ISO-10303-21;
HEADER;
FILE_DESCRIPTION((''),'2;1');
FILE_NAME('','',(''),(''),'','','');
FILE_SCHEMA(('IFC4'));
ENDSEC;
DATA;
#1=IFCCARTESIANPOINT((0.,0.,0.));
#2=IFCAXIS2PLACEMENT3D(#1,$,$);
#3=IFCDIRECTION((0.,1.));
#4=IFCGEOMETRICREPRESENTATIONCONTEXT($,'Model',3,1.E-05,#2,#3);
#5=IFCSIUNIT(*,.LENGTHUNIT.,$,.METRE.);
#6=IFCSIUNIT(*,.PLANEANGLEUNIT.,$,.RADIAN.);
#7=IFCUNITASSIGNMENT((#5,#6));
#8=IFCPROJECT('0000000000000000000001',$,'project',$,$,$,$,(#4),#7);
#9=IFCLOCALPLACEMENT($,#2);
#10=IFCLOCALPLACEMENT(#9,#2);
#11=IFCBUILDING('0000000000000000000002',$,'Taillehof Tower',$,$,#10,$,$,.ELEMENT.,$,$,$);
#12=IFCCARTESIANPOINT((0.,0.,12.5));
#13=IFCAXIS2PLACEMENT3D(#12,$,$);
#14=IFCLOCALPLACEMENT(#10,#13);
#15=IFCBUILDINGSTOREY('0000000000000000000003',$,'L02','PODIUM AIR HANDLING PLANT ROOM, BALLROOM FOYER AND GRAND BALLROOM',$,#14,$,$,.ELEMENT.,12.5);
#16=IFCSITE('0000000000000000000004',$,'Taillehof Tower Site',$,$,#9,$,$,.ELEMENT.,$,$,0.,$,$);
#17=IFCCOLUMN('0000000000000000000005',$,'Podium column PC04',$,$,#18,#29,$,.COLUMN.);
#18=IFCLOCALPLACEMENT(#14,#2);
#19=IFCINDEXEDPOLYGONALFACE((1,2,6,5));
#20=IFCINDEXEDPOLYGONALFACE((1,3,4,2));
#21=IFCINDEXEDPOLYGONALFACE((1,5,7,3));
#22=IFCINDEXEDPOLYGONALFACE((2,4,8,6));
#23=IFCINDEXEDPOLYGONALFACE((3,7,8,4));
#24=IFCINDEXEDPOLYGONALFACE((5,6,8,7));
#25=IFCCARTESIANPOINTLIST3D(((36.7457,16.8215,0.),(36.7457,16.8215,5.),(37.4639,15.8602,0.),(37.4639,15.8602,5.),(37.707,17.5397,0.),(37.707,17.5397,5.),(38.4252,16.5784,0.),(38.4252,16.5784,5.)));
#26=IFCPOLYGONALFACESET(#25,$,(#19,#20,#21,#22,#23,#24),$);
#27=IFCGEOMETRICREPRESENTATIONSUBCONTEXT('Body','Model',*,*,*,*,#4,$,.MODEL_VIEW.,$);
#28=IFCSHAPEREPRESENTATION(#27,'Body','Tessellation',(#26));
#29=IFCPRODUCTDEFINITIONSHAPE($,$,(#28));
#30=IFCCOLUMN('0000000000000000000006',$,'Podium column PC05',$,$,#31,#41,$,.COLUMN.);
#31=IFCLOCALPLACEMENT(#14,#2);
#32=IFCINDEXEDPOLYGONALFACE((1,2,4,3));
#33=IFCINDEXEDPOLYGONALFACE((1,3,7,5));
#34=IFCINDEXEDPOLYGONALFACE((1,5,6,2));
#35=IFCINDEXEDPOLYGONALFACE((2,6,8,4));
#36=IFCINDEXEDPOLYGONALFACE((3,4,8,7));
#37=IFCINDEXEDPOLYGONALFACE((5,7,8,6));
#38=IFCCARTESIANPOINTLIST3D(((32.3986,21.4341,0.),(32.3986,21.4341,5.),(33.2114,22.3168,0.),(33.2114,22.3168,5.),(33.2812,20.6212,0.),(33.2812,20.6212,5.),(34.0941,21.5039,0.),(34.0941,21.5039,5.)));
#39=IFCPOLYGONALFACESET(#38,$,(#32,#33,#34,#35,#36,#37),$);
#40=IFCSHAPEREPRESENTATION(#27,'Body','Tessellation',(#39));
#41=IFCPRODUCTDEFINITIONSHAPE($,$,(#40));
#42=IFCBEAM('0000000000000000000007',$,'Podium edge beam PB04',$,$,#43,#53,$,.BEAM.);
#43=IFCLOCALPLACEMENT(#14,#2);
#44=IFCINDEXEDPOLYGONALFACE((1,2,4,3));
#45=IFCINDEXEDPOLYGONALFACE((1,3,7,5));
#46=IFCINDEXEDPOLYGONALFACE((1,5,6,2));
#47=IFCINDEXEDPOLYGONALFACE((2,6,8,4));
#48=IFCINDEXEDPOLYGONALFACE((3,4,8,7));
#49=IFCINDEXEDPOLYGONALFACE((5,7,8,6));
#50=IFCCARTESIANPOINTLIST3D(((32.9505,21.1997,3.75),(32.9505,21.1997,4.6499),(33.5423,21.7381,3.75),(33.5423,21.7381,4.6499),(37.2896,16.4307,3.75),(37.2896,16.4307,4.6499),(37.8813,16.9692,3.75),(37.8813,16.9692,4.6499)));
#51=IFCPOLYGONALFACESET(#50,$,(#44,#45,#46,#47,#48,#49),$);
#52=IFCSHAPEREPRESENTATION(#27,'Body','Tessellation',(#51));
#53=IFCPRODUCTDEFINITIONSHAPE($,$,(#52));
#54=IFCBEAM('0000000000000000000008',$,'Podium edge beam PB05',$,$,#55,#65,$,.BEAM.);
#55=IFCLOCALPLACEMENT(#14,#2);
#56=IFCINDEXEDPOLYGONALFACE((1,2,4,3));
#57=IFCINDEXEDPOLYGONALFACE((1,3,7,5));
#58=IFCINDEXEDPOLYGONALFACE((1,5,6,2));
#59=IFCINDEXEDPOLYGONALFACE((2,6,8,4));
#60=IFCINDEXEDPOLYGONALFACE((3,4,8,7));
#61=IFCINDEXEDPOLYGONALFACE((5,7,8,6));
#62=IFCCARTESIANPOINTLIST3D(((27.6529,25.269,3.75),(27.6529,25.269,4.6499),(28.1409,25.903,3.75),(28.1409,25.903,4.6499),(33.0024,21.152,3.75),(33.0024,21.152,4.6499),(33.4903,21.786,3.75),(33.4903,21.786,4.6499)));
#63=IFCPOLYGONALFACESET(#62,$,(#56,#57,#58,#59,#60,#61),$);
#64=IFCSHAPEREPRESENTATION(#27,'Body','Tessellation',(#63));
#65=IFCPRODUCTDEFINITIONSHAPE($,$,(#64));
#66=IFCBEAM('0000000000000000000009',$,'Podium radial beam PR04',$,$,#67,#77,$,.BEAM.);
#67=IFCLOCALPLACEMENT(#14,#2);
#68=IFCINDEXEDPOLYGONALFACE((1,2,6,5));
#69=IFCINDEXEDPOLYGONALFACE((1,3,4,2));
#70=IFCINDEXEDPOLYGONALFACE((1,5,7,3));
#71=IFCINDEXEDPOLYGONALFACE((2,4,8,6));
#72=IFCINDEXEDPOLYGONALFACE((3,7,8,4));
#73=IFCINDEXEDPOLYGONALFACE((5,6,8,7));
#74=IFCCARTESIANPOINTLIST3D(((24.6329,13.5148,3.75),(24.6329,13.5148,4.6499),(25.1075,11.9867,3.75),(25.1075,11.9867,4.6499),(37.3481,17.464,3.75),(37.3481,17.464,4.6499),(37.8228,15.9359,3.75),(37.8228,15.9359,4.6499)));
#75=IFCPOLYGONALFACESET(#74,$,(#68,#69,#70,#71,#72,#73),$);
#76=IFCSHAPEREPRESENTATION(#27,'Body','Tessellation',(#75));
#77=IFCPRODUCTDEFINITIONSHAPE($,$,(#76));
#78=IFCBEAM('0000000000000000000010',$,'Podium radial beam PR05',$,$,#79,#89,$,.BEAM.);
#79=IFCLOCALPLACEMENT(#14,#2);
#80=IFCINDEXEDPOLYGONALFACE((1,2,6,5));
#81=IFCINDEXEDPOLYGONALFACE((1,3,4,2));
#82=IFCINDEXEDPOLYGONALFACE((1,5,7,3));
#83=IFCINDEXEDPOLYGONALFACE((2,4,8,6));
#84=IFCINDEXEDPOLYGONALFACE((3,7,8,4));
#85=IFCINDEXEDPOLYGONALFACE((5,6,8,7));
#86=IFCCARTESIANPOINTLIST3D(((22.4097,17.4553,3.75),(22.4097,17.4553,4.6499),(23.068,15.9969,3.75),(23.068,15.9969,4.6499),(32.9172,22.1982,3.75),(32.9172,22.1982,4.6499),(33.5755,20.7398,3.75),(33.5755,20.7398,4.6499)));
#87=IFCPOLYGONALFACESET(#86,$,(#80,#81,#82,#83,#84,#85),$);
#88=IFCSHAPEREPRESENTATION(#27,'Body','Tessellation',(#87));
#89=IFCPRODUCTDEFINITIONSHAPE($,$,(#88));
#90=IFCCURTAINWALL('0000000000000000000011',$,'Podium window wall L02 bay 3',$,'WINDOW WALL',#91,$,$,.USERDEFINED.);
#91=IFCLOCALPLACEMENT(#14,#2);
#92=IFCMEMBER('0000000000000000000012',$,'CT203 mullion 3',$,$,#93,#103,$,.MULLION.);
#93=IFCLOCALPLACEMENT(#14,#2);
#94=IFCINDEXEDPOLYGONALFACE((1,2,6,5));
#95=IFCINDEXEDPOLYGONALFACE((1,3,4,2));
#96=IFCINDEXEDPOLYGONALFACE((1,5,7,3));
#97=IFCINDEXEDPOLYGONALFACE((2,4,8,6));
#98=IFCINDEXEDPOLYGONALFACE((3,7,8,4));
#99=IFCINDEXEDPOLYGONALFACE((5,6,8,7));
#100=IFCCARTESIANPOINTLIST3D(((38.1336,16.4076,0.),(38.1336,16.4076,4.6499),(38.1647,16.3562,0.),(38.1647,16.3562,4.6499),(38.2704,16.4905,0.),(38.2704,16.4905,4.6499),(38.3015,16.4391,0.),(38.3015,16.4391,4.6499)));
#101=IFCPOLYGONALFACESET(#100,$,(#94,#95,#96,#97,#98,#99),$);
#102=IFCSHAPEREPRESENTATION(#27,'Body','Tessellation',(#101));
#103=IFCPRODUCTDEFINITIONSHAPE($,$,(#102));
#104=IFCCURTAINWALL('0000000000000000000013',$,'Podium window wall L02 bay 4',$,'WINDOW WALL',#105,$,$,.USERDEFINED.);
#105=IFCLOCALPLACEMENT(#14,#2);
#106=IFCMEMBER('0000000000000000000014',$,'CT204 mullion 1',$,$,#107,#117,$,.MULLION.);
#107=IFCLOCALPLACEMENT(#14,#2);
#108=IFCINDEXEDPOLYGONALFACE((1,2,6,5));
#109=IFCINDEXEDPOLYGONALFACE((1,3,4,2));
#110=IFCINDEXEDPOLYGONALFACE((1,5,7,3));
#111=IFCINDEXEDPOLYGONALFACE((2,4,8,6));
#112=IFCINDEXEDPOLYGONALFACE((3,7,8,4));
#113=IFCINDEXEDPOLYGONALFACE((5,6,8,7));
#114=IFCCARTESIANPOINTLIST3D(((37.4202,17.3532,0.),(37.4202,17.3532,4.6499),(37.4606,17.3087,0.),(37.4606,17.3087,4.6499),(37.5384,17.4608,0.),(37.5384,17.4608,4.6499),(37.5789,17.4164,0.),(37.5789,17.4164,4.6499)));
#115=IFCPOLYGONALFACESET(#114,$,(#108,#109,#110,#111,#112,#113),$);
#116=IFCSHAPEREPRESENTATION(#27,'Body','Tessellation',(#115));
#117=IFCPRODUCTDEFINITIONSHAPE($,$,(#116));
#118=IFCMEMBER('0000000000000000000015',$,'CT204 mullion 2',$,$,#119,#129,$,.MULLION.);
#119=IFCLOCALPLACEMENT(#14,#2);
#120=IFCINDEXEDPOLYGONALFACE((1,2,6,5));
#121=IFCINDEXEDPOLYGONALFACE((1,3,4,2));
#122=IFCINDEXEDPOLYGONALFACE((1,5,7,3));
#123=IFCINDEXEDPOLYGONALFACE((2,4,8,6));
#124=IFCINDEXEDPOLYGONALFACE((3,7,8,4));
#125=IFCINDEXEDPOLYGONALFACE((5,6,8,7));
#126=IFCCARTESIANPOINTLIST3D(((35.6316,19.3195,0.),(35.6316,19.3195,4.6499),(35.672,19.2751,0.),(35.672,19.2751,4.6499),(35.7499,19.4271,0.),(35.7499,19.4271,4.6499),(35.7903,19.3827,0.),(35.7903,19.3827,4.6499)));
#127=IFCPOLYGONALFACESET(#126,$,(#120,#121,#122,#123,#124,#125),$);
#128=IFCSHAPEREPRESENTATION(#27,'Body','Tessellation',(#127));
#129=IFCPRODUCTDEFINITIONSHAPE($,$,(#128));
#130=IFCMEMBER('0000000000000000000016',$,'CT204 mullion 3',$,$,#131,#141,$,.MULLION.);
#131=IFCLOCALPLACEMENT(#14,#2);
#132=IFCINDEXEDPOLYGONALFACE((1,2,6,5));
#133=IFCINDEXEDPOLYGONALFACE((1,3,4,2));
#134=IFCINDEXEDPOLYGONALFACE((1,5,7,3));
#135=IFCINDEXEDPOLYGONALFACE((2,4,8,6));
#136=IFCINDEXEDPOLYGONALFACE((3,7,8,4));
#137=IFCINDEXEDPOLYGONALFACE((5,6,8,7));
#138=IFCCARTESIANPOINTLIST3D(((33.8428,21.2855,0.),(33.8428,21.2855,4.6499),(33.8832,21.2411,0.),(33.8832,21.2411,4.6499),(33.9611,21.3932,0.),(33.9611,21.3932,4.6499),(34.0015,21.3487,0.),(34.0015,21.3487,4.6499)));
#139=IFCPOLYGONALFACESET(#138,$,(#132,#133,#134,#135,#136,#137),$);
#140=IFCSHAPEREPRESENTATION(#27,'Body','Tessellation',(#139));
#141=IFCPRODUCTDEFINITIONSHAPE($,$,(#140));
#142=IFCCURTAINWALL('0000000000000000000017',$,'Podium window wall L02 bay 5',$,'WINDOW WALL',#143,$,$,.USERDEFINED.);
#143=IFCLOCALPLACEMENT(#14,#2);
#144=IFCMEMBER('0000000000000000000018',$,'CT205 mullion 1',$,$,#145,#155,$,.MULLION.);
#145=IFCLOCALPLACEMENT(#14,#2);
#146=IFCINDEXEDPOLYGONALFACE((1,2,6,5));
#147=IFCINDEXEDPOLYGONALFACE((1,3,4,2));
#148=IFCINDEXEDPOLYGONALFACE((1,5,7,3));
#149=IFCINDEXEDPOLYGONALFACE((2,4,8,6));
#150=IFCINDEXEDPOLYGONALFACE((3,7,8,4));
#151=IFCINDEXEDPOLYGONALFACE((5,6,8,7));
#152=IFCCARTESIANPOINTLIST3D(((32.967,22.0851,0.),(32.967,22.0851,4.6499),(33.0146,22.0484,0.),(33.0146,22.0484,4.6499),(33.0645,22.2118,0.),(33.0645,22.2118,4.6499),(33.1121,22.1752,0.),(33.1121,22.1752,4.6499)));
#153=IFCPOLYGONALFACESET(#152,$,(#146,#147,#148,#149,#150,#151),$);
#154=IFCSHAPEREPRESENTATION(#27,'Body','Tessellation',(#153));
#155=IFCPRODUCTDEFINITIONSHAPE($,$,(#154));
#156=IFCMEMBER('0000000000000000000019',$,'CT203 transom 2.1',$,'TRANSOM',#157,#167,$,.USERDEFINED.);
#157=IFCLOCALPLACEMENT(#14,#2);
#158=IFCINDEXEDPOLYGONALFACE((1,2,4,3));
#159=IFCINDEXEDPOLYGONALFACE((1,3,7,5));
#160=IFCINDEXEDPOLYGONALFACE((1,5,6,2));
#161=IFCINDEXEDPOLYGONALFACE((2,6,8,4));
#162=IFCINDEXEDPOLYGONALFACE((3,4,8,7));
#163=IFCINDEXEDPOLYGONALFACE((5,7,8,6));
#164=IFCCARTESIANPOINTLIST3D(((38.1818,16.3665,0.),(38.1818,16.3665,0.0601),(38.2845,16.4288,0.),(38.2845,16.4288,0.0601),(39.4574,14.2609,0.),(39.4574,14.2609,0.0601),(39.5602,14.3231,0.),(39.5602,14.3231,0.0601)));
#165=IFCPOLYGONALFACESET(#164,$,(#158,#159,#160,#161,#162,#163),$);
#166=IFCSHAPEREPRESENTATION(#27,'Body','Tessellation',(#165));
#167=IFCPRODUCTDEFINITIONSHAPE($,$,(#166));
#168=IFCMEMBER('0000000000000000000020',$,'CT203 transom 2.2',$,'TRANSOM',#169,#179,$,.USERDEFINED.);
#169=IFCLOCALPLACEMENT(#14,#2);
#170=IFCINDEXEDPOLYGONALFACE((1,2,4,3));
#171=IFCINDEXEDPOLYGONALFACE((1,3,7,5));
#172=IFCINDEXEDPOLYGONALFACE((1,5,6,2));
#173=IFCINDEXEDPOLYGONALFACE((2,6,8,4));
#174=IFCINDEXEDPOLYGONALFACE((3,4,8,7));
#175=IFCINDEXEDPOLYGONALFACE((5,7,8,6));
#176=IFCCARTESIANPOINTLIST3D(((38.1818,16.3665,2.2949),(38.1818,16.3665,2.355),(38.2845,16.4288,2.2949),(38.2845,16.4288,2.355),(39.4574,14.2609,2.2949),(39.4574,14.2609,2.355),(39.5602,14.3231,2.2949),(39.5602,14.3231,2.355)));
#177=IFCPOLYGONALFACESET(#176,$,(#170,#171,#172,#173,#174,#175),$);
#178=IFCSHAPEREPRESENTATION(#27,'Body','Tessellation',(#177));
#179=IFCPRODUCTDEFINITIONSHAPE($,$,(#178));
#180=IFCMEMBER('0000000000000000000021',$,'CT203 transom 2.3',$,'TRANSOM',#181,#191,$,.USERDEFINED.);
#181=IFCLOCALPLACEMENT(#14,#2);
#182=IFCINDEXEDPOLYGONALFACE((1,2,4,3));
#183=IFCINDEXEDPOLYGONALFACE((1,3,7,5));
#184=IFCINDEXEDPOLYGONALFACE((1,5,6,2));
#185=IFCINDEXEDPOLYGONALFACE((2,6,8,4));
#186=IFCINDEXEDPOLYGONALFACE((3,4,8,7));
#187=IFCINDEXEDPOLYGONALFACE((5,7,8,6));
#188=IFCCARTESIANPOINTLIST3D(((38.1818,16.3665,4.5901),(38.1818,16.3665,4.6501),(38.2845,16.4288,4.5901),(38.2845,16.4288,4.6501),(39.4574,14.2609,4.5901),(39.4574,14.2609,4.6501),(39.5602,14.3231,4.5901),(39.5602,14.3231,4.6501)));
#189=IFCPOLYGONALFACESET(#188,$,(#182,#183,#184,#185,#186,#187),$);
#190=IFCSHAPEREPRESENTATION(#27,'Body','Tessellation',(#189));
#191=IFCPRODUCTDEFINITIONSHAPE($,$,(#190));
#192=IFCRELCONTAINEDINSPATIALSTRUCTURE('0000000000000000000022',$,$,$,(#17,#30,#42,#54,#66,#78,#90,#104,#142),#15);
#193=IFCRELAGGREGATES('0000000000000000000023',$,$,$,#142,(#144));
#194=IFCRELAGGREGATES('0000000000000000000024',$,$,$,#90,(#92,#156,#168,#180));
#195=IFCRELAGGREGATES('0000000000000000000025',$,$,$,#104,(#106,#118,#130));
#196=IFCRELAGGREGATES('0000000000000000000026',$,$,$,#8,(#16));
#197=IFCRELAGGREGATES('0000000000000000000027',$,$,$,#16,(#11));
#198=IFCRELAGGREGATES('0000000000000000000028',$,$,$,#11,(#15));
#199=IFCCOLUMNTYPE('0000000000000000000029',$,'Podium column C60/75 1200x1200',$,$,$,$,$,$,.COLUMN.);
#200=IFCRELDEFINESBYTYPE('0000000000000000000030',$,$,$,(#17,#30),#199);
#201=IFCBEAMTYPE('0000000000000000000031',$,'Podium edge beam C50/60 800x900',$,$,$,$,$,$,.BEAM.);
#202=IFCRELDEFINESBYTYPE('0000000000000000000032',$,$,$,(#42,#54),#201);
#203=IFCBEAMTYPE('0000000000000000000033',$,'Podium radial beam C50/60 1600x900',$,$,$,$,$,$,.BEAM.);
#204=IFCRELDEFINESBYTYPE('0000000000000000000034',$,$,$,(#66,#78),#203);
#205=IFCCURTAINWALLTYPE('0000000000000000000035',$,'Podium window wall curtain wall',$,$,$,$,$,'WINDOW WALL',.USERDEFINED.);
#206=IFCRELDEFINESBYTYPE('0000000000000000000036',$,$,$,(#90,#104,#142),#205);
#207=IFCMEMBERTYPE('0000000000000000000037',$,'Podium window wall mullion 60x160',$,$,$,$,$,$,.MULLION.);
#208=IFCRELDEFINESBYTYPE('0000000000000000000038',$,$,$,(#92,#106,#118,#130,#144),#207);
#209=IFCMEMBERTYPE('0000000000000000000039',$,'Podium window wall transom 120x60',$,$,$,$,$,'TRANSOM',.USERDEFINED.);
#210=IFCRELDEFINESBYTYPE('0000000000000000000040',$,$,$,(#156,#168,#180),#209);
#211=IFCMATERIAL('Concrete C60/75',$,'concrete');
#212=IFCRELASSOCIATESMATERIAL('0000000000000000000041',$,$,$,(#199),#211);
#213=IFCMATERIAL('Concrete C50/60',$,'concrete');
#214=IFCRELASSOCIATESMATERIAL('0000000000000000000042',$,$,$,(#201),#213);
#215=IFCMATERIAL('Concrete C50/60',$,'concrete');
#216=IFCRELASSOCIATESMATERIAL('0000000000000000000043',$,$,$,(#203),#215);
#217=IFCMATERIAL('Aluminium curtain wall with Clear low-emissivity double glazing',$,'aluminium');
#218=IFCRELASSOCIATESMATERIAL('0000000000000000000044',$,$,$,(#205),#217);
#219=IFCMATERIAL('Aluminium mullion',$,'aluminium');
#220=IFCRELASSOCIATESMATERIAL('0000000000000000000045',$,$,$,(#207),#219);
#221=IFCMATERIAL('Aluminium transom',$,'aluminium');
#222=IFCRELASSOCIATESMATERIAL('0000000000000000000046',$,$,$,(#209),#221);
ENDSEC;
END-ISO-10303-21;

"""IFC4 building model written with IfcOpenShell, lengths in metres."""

from ifc_helpers import new_model, si_unit, direction, frame, origin, origin_2d, place, context, subcontext, project, spatial, rectangle, extrude, material, material_profile, profile_set, type_object, element, aggregate, save


model = new_model("IFC4")

# Units and contexts
model_context = context("Model", 3, precision=1e-05, world=origin(), true_north=direction((0.0, 1.0)))
body_context = subcontext(model_context, "Body", "Model", "MODEL_VIEW")
ifc_project = project(units=[si_unit("LENGTHUNIT", "METRE"), si_unit("PLANEANGLEUNIT", "RADIAN")], contexts=[model_context])

# Site, building, storey
site_placement = place(None, origin())
site = spatial("IfcSite", under=ifc_project, at=site_placement, Name="Taillehof Tower Site", CompositionType="ELEMENT", RefElevation=0.0)
building_placement = place(site_placement, origin())
building = spatial("IfcBuilding", under=site, at=building_placement, Name="Taillehof Tower", CompositionType="ELEMENT")
storey_placement = place(building_placement, frame((0.0, 0.0, 12.5)))
storey = spatial("IfcBuildingStorey", under=building, at=storey_placement, Name="L02", Description="PODIUM AIR HANDLING PLANT ROOM, BALLROOM FOYER AND GRAND BALLROOM", CompositionType="ELEMENT", Elevation=12.5)

# Columns
ifc_material_1 = material(Name="Concrete C60/75", Category="concrete")
ifc_material_profile_1 = material_profile(ifc_material_1, rectangle(XDim=1.2, YDim=1.2, at=origin_2d()), Name="RC 1200x1200")
ifc_profile_set_1 = profile_set([ifc_material_profile_1], Name="Concrete C60/75")
column_type = type_object("IfcColumnType", Name="Podium column C60/75 1200x1200", PredefinedType="COLUMN", material=ifc_profile_set_1)
for number, where, z_axis, x_axis, name in (
    (1, (37.5854, 16.7, 0.0), (0.0, 0.0, 1.0), (0.801091, 0.598542, 0.0), "Podium column PC04"),
    (2, (33.2463, 21.469, 0.0), (0.0, 0.0, 1.0), (0.677415, 0.735601, 0.0), "Podium column PC05"),
):
    element("IfcColumn", number, at=place(storey_placement, frame(where, z_axis=z_axis, x_axis=x_axis)), inside=storey, type_object=column_type, Name=name, PredefinedType="COLUMN", context=body_context, shape_type="SweptSolid", body=[
        extrude(rectangle(XDim=1.2, YDim=1.2, at=origin_2d()), origin(), (0.0, 0.0, 1.0), 5.0),
    ])

# Beams
ifc_material_2 = material(Name="Concrete C50/60", Category="concrete")
ifc_material_profile_2 = material_profile(ifc_material_2, rectangle(XDim=0.8, YDim=0.8999, at=origin_2d()), Name="RC 800x900")
ifc_profile_set_2 = profile_set([ifc_material_profile_2], Name="Concrete C50/60")
beam_type_1 = type_object("IfcBeamType", Name="Podium edge beam C50/60 800x900", PredefinedType="BEAM", material=ifc_profile_set_2)
beam_1_placement = place(storey_placement, frame((37.5854, 16.7, 4.2), z_axis=(-0.67298, 0.739661, 0.0), x_axis=(-0.739661, -0.67298, 0.0)))
element("IfcBeam", 3, at=beam_1_placement, inside=storey, type_object=beam_type_1, Name="Podium edge beam PB04", PredefinedType="BEAM", context=body_context, shape_type="SweptSolid", body=[
    extrude(rectangle(XDim=0.8, YDim=0.8999, at=origin_2d()), origin(), (0.0, 0.0, 1.0), 6.4475),
])
beam_2_placement = place(storey_placement, frame((33.2463, 21.469, 4.2), z_axis=(-0.792477, 0.609901, 0.0), x_axis=(-0.609901, -0.792477, 0.0)))
element("IfcBeam", 4, at=beam_2_placement, inside=storey, type_object=beam_type_1, Name="Podium edge beam PB05", PredefinedType="BEAM", context=body_context, shape_type="SweptSolid", body=[
    extrude(rectangle(XDim=0.8, YDim=0.8999, at=origin_2d()), origin(), (0.0, 0.0, 1.0), 6.7502),
])
ifc_material_3 = material(Name="Concrete C50/60", Category="concrete")
ifc_material_profile_3 = material_profile(ifc_material_3, rectangle(XDim=1.6001, YDim=0.8999, at=origin_2d()), Name="RC 1600x900")
ifc_profile_set_3 = profile_set([ifc_material_profile_3], Name="Concrete C50/60")
beam_type_2 = type_object("IfcBeamType", Name="Podium radial beam C50/60 1600x900", PredefinedType="BEAM", material=ifc_profile_set_3)
beam_3_placement = place(storey_placement, frame((37.5854, 16.7, 4.2), z_axis=(-0.954999, -0.29661, 0.0), x_axis=(0.29661, -0.954999, 0.0)))
element("IfcBeam", 5, at=beam_3_placement, inside=storey, type_object=beam_type_2, Name="Podium radial beam PR04", PredefinedType="BEAM", context=body_context, shape_type="SweptSolid", body=[
    extrude(rectangle(XDim=1.6001, YDim=0.8999, at=origin_2d()), origin(), (0.0, 0.0, 1.0), 13.3145),
])
beam_4_placement = place(storey_placement, frame((33.2463, 21.469, 4.2), z_axis=(-0.91145, -0.411411, 0.0), x_axis=(0.411411, -0.91145, 0.0)))
element("IfcBeam", 6, at=beam_4_placement, inside=storey, type_object=beam_type_2, Name="Podium radial beam PR05", PredefinedType="BEAM", context=body_context, shape_type="SweptSolid", body=[
    extrude(rectangle(XDim=1.6001, YDim=0.8999, at=origin_2d()), origin(), (0.0, 0.0, 1.0), 11.5283),
])

# Curtain wall, member
ifc_material_4 = material(Name="Aluminium curtain wall with Clear low-emissivity double glazing", Category="aluminium")
curtain_wall_type = type_object("IfcCurtainWallType", Name="Podium window wall curtain wall", ElementType="WINDOW WALL", PredefinedType="USERDEFINED", material=ifc_material_4)
curtain_wall_1_placement = place(storey_placement, origin())
curtain_wall_1 = element("IfcCurtainWall", 7, at=curtain_wall_1_placement, inside=storey, type_object=curtain_wall_type, Name="Podium window wall L02 bay 3", ObjectType="WINDOW WALL", PredefinedType="USERDEFINED")
ifc_material_5 = material(Name="Aluminium mullion", Category="aluminium")
ifc_material_profile_4 = material_profile(ifc_material_5, rectangle(XDim=0.1599, YDim=0.0601, at=origin_2d()), Name="AL 60x160")
ifc_profile_set_4 = profile_set([ifc_material_profile_4], Name="Aluminium mullion")
member_type_1 = type_object("IfcMemberType", Name="Podium window wall mullion 60x160", PredefinedType="MULLION", material=ifc_profile_set_4)
member_1_placement = place(storey_placement, frame((38.2175, 16.4233, 0.0), z_axis=(0.0, 0.0, 1.0), x_axis=(-0.855289, -0.518151, 0.0)))
member_1 = element("IfcMember", 8, at=member_1_placement, type_object=member_type_1, Name="CT203 mullion 3", PredefinedType="MULLION", context=body_context, shape_type="SweptSolid", body=[
    extrude(rectangle(XDim=0.1599, YDim=0.0601, at=origin_2d()), origin(), (0.0, 0.0, 1.0), 4.6499),
])

# Curtain wall, members
curtain_wall_2_placement = place(storey_placement, origin())
curtain_wall_2 = element("IfcCurtainWall", 9, at=curtain_wall_2_placement, inside=storey, type_object=curtain_wall_type, Name="Podium window wall L02 bay 4", ObjectType="WINDOW WALL", PredefinedType="USERDEFINED")
member_2_placement = place(storey_placement, frame((37.4995, 17.3848, 0.0), z_axis=(0.0, 0.0, 1.0), x_axis=(-0.739707, -0.672929, 0.0)))
member_2 = element("IfcMember", 10, at=member_2_placement, type_object=member_type_1, Name="CT204 mullion 1", PredefinedType="MULLION", context=body_context, shape_type="SweptSolid", body=[
    extrude(rectangle(XDim=0.1599, YDim=0.0601, at=origin_2d()), origin(), (0.0, 0.0, 1.0), 4.6499),
])
member_3_placement = place(storey_placement, frame((35.7109, 19.3511, 0.0), z_axis=(0.0, 0.0, 1.0), x_axis=(-0.739707, -0.672929, 0.0)))
member_3 = element("IfcMember", 11, at=member_3_placement, type_object=member_type_1, Name="CT204 mullion 2", PredefinedType="MULLION", context=body_context, shape_type="SweptSolid", body=[
    extrude(rectangle(XDim=0.1599, YDim=0.0601, at=origin_2d()), origin(), (0.0, 0.0, 1.0), 4.6499),
])
member_4_placement = place(storey_placement, frame((33.9221, 21.3171, 0.0), z_axis=(0.0, 0.0, 1.0), x_axis=(-0.739707, -0.672929, 0.0)))
member_4 = element("IfcMember", 12, at=member_4_placement, type_object=member_type_1, Name="CT204 mullion 3", PredefinedType="MULLION", context=body_context, shape_type="SweptSolid", body=[
    extrude(rectangle(XDim=0.1599, YDim=0.0601, at=origin_2d()), origin(), (0.0, 0.0, 1.0), 4.6499),
])

# Curtain wall, member
curtain_wall_3_placement = place(storey_placement, origin())
curtain_wall_3 = element("IfcCurtainWall", 13, at=curtain_wall_3_placement, inside=storey, type_object=curtain_wall_type, Name="Podium window wall L02 bay 5", ObjectType="WINDOW WALL", PredefinedType="USERDEFINED")
member_5_placement = place(storey_placement, frame((33.0396, 22.1301, 0.0), z_axis=(0.0, 0.0, 1.0), x_axis=(-0.609932, -0.792454, 0.0)))
member_5 = element("IfcMember", 14, at=member_5_placement, type_object=member_type_1, Name="CT205 mullion 1", PredefinedType="MULLION", context=body_context, shape_type="SweptSolid", body=[
    extrude(rectangle(XDim=0.1599, YDim=0.0601, at=origin_2d()), origin(), (0.0, 0.0, 1.0), 4.6499),
])

# Members
ifc_material_6 = material(Name="Aluminium transom", Category="aluminium")
ifc_material_profile_5 = material_profile(ifc_material_6, rectangle(XDim=0.1201, YDim=0.0601, at=origin_2d()), Name="AL 120x60")
ifc_profile_set_5 = profile_set([ifc_material_profile_5], Name="Aluminium transom")
member_type_2 = type_object("IfcMemberType", Name="Podium window wall transom 120x60", ElementType="TRANSOM", PredefinedType="USERDEFINED", material=ifc_profile_set_5)
member_6_placement = place(storey_placement, frame((39.5088, 14.292, 0.03), z_axis=(-0.518137, 0.855298, 0.0), x_axis=(-0.855298, -0.518137, 0.0)))
member_6 = element("IfcMember", 15, at=member_6_placement, type_object=member_type_2, Name="CT203 transom 2.1", ObjectType="TRANSOM", PredefinedType="USERDEFINED", context=body_context, shape_type="SweptSolid", body=[
    extrude(rectangle(XDim=0.1201, YDim=0.0601, at=origin_2d()), origin(), (0.0, 0.0, 1.0), 2.4619),
])
member_7_placement = place(storey_placement, frame((39.5088, 14.292, 2.325), z_axis=(-0.518137, 0.855298, 0.0), x_axis=(-0.855298, -0.518137, 0.0)))
member_7 = element("IfcMember", 16, at=member_7_placement, type_object=member_type_2, Name="CT203 transom 2.2", ObjectType="TRANSOM", PredefinedType="USERDEFINED", context=body_context, shape_type="SweptSolid", body=[
    extrude(rectangle(XDim=0.1201, YDim=0.0601, at=origin_2d()), origin(), (0.0, 0.0, 1.0), 2.4619),
])
member_8_placement = place(storey_placement, frame((39.5088, 14.292, 4.6201), z_axis=(-0.518137, 0.855298, 0.0), x_axis=(-0.855298, -0.518137, 0.0)))
member_8 = element("IfcMember", 17, at=member_8_placement, type_object=member_type_2, Name="CT203 transom 2.3", ObjectType="TRANSOM", PredefinedType="USERDEFINED", context=body_context, shape_type="SweptSolid", body=[
    extrude(rectangle(XDim=0.1201, YDim=0.0601, at=origin_2d()), origin(), (0.0, 0.0, 1.0), 2.4619),
])
aggregate(curtain_wall_3, [member_5])

aggregate(curtain_wall_1, [member_1, member_6, member_7, member_8])
aggregate(curtain_wall_2, [member_2, member_3, member_4])

save(model, "model.ifc")
